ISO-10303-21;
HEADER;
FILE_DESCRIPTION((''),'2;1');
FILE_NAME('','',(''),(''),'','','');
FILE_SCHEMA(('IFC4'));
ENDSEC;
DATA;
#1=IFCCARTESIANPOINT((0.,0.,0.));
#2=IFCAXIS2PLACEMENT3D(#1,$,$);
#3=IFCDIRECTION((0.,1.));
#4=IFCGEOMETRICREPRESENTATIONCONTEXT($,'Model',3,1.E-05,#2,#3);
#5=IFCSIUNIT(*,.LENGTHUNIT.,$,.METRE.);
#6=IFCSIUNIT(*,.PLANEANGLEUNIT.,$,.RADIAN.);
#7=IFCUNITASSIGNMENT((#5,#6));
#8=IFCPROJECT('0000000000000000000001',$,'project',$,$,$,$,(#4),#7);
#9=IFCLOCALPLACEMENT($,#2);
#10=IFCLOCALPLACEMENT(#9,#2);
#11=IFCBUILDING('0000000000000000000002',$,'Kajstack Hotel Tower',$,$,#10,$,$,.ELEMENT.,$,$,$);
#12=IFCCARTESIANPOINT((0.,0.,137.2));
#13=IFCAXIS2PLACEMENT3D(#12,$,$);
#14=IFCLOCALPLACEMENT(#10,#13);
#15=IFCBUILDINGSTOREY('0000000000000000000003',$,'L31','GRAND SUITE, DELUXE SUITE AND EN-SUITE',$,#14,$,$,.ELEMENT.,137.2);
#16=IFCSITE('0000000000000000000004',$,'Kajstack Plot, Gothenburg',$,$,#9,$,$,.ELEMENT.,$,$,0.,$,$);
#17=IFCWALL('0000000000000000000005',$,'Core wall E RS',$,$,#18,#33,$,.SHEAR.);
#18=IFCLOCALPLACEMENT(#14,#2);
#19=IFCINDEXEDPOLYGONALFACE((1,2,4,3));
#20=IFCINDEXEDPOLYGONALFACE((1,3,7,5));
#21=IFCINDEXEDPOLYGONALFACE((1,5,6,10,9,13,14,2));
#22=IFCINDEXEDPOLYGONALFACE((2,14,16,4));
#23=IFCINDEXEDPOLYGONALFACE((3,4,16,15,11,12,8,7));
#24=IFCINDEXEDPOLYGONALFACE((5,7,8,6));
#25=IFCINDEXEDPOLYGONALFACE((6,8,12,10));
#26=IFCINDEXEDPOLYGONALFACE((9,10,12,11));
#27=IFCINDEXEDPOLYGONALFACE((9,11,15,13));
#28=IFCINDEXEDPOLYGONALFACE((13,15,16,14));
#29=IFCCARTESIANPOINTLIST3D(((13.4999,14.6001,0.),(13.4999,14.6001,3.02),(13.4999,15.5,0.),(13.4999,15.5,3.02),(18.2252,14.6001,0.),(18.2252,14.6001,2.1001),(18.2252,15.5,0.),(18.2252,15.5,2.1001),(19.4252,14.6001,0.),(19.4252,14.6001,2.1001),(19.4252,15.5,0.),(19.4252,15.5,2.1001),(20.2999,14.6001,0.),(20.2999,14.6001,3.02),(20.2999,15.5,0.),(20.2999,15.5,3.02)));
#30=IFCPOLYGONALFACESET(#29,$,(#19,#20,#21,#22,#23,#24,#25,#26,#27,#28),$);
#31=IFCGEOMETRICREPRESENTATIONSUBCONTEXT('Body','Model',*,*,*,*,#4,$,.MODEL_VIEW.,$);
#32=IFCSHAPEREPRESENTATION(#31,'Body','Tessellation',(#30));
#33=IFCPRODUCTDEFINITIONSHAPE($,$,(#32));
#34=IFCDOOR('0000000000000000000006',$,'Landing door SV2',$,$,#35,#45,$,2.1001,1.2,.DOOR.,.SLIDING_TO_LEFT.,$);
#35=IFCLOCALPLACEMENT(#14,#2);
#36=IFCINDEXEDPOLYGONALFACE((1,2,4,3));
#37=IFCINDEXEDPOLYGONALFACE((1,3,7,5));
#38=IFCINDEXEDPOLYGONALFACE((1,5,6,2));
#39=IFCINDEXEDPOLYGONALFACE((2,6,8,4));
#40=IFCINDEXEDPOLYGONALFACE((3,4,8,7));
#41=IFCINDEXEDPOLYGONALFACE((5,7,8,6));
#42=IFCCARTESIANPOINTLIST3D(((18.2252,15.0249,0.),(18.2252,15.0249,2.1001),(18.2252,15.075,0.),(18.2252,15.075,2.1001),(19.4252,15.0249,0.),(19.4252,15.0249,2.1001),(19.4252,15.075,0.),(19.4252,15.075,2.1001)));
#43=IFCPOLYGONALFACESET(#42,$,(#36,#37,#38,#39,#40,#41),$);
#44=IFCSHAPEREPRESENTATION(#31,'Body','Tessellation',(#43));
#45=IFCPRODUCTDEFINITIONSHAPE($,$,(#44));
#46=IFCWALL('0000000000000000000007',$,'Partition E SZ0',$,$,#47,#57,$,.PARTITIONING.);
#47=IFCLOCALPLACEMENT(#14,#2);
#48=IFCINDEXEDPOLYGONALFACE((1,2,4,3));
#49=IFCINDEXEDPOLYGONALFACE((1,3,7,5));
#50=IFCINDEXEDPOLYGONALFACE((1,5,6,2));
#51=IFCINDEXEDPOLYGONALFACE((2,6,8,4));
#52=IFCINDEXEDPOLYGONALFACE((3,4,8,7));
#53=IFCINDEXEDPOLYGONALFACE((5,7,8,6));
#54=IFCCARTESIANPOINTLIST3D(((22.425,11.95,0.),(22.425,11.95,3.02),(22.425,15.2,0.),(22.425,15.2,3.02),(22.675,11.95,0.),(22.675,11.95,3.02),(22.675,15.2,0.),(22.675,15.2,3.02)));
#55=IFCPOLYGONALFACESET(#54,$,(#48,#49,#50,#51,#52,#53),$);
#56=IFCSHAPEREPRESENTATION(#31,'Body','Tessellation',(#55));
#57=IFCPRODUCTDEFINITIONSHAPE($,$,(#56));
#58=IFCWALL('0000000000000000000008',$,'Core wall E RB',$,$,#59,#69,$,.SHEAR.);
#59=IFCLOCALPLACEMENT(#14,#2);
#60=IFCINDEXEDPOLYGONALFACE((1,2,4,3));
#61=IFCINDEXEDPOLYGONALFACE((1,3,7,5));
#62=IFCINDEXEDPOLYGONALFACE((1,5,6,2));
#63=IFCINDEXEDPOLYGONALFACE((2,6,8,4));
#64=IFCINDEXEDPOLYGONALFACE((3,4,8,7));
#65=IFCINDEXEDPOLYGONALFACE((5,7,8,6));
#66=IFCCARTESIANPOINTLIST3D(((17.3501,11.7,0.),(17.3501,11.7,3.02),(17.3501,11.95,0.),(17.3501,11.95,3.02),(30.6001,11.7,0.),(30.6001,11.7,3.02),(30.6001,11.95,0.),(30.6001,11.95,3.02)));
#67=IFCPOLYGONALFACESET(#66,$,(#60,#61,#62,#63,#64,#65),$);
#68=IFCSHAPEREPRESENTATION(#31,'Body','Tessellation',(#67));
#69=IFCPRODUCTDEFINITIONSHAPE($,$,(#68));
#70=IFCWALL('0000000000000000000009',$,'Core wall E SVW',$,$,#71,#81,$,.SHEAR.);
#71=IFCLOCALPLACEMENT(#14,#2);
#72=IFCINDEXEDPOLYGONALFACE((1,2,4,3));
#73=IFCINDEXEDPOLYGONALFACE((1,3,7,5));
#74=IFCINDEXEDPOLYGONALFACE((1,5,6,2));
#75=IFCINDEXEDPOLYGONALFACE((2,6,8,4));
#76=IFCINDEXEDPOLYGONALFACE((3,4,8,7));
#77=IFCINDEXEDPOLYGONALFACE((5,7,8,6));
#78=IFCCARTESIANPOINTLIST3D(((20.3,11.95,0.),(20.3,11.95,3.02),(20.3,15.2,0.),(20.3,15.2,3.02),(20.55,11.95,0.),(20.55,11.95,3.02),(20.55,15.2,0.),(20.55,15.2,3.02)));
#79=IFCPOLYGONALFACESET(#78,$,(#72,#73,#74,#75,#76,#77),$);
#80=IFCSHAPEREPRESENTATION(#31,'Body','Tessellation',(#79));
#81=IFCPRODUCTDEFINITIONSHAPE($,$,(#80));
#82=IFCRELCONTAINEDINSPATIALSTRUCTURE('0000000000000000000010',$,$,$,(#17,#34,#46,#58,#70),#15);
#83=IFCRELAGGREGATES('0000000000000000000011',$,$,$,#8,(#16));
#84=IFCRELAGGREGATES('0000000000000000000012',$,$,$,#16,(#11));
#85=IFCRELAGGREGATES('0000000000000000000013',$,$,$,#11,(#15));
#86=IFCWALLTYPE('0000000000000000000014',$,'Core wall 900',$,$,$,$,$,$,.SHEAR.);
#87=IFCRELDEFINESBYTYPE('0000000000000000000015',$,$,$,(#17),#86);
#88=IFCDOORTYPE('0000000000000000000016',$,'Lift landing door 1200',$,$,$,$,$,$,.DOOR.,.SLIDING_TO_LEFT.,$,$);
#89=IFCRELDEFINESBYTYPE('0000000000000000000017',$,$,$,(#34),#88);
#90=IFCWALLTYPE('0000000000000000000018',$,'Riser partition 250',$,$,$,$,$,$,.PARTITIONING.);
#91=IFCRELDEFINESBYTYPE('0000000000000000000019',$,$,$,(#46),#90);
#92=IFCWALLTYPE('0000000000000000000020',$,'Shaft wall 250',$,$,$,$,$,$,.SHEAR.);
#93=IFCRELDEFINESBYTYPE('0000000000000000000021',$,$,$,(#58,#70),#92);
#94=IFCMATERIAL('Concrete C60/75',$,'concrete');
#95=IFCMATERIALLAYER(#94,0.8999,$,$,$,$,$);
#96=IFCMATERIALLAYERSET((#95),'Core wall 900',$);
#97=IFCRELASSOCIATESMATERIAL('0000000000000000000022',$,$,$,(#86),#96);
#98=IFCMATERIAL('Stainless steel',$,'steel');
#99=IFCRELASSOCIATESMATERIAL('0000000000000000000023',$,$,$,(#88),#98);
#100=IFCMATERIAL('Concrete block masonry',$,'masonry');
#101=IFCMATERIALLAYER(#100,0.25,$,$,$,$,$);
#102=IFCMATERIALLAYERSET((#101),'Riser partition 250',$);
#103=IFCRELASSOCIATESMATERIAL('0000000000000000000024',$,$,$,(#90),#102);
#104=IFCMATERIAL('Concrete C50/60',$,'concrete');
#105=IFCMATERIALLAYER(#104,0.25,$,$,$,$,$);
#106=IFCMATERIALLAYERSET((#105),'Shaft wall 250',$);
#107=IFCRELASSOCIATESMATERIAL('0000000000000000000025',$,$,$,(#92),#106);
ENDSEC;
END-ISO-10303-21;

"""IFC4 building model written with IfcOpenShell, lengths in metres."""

from ifc_helpers import new_model, si_unit, direction, frame, frame_2d, origin, place, context, subcontext, project, spatial, rectangle, extrude, material, layer, layer_set, type_object, element, fill, save


model = new_model("IFC4")

# Units and contexts
model_context = context("Model", 3, precision=1e-05, world=origin(), true_north=direction((0.0, 1.0)))
body_context = subcontext(model_context, "Body", "Model", "MODEL_VIEW")
ifc_project = project(units=[si_unit("LENGTHUNIT", "METRE"), si_unit("PLANEANGLEUNIT", "RADIAN")], contexts=[model_context])

# Site, building, storey
site_placement = place(None, origin())
site = spatial("IfcSite", under=ifc_project, at=site_placement, Name="Kajstack Plot, Gothenburg", CompositionType="ELEMENT", RefElevation=0.0)
building_placement = place(site_placement, origin())
building = spatial("IfcBuilding", under=site, at=building_placement, Name="Kajstack Hotel Tower", CompositionType="ELEMENT")
storey_placement = place(building_placement, frame((0.0, 0.0, 137.2)))
storey = spatial("IfcBuildingStorey", under=building, at=storey_placement, Name="L31", Description="GRAND SUITE, DELUXE SUITE AND EN-SUITE", CompositionType="ELEMENT", Elevation=137.2)

# Wall, opening, door
ifc_material_1 = material(Name="Concrete C60/75", Category="concrete")
ifc_layer_1 = layer(ifc_material_1, 0.8999)
ifc_layer_set_1 = layer_set([ifc_layer_1], Name="Core wall 900")
wall_type_1 = type_object("IfcWallType", Name="Core wall 900", PredefinedType="SHEAR", material=ifc_layer_set_1)
wall_1_placement = place(storey_placement, frame((13.5, 15.05, 0.0), z_axis=(0.0, 0.0, 1.0), x_axis=(1.0, 0.0, 0.0)))
wall_1 = element("IfcWall", 1, at=wall_1_placement, inside=storey, type_object=wall_type_1, Name="Core wall E RS", PredefinedType="SHEAR", context=body_context, shape_type="SweptSolid", body=[
    extrude(rectangle(XDim=6.8, YDim=0.8999, at=frame_2d((3.3999, 0.0))), origin(), (0.0, 0.0, 1.0), 3.02),
])
opening_placement = place(wall_1_placement, frame((4.7251, 0.0, 0.0)))
opening = element("IfcOpeningElement", 2, at=opening_placement, cuts=wall_1, PredefinedType="OPENING", context=body_context, shape_type="SweptSolid", body=[
    extrude(rectangle(XDim=1.2, YDim=2.1001, at=frame_2d((0.6001, 1.05))), frame((0.0, 0.46, 0.0), z_axis=(0.0, -1.0, 0.0), x_axis=(1.0, 0.0, 0.0)), (0.0, 0.0, 1.0), 0.9199),
])
ifc_material_2 = material(Name="Stainless steel", Category="steel")
door_type = type_object("IfcDoorType", Name="Lift landing door 1200", OperationType="SLIDING_TO_LEFT", PredefinedType="DOOR", material=ifc_material_2)
door_placement = place(opening_placement, origin())
door = element("IfcDoor", 3, at=door_placement, inside=storey, type_object=door_type, Name="Landing door SV2", OperationType="SLIDING_TO_LEFT", OverallHeight=2.1001, OverallWidth=1.2, PredefinedType="DOOR", context=body_context, shape_type="SweptSolid", body=[
    extrude(rectangle(XDim=1.2, YDim=2.1001, at=frame_2d((0.6001, 1.05))), frame((0.0, 0.0249, 0.0), z_axis=(0.0, -1.0, 0.0), x_axis=(1.0, 0.0, 0.0)), (0.0, 0.0, 1.0), 0.05),
])
fill(opening, door)

# Walls
ifc_material_3 = material(Name="Concrete block masonry", Category="masonry")
ifc_layer_2 = layer(ifc_material_3, 0.25)
ifc_layer_set_2 = layer_set([ifc_layer_2], Name="Riser partition 250")
wall_type_2 = type_object("IfcWallType", Name="Riser partition 250", PredefinedType="PARTITIONING", material=ifc_layer_set_2)
wall_2_placement = place(storey_placement, frame((22.55, 11.95, 0.0), z_axis=(0.0, 0.0, 1.0), x_axis=(0.0, 1.0, 0.0)))
element("IfcWall", 4, at=wall_2_placement, inside=storey, type_object=wall_type_2, Name="Partition E SZ0", PredefinedType="PARTITIONING", context=body_context, shape_type="SweptSolid", body=[
    extrude(rectangle(XDim=3.25, YDim=0.25, at=frame_2d((1.625, 0.0))), origin(), (0.0, 0.0, 1.0), 3.02),
])
ifc_material_4 = material(Name="Concrete C50/60", Category="concrete")
ifc_layer_3 = layer(ifc_material_4, 0.25)
ifc_layer_set_3 = layer_set([ifc_layer_3], Name="Shaft wall 250")
wall_type_3 = type_object("IfcWallType", Name="Shaft wall 250", PredefinedType="SHEAR", material=ifc_layer_set_3)
wall_3_placement = place(storey_placement, frame((17.3501, 11.825, 0.0), z_axis=(0.0, 0.0, 1.0), x_axis=(1.0, 0.0, 0.0)))
element("IfcWall", 5, at=wall_3_placement, inside=storey, type_object=wall_type_3, Name="Core wall E RB", PredefinedType="SHEAR", context=body_context, shape_type="SweptSolid", body=[
    extrude(rectangle(XDim=13.25, YDim=0.25, at=frame_2d((6.625, 0.0))), origin(), (0.0, 0.0, 1.0), 3.02),
])
wall_4_placement = place(storey_placement, frame((20.425, 11.95, 0.0), z_axis=(0.0, 0.0, 1.0), x_axis=(0.0, 1.0, 0.0)))
element("IfcWall", 6, at=wall_4_placement, inside=storey, type_object=wall_type_3, Name="Core wall E SVW", PredefinedType="SHEAR", context=body_context, shape_type="SweptSolid", body=[
    extrude(rectangle(XDim=3.25, YDim=0.25, at=frame_2d((1.625, 0.0))), origin(), (0.0, 0.0, 1.0), 3.02),
])

save(model, "model.ifc")
